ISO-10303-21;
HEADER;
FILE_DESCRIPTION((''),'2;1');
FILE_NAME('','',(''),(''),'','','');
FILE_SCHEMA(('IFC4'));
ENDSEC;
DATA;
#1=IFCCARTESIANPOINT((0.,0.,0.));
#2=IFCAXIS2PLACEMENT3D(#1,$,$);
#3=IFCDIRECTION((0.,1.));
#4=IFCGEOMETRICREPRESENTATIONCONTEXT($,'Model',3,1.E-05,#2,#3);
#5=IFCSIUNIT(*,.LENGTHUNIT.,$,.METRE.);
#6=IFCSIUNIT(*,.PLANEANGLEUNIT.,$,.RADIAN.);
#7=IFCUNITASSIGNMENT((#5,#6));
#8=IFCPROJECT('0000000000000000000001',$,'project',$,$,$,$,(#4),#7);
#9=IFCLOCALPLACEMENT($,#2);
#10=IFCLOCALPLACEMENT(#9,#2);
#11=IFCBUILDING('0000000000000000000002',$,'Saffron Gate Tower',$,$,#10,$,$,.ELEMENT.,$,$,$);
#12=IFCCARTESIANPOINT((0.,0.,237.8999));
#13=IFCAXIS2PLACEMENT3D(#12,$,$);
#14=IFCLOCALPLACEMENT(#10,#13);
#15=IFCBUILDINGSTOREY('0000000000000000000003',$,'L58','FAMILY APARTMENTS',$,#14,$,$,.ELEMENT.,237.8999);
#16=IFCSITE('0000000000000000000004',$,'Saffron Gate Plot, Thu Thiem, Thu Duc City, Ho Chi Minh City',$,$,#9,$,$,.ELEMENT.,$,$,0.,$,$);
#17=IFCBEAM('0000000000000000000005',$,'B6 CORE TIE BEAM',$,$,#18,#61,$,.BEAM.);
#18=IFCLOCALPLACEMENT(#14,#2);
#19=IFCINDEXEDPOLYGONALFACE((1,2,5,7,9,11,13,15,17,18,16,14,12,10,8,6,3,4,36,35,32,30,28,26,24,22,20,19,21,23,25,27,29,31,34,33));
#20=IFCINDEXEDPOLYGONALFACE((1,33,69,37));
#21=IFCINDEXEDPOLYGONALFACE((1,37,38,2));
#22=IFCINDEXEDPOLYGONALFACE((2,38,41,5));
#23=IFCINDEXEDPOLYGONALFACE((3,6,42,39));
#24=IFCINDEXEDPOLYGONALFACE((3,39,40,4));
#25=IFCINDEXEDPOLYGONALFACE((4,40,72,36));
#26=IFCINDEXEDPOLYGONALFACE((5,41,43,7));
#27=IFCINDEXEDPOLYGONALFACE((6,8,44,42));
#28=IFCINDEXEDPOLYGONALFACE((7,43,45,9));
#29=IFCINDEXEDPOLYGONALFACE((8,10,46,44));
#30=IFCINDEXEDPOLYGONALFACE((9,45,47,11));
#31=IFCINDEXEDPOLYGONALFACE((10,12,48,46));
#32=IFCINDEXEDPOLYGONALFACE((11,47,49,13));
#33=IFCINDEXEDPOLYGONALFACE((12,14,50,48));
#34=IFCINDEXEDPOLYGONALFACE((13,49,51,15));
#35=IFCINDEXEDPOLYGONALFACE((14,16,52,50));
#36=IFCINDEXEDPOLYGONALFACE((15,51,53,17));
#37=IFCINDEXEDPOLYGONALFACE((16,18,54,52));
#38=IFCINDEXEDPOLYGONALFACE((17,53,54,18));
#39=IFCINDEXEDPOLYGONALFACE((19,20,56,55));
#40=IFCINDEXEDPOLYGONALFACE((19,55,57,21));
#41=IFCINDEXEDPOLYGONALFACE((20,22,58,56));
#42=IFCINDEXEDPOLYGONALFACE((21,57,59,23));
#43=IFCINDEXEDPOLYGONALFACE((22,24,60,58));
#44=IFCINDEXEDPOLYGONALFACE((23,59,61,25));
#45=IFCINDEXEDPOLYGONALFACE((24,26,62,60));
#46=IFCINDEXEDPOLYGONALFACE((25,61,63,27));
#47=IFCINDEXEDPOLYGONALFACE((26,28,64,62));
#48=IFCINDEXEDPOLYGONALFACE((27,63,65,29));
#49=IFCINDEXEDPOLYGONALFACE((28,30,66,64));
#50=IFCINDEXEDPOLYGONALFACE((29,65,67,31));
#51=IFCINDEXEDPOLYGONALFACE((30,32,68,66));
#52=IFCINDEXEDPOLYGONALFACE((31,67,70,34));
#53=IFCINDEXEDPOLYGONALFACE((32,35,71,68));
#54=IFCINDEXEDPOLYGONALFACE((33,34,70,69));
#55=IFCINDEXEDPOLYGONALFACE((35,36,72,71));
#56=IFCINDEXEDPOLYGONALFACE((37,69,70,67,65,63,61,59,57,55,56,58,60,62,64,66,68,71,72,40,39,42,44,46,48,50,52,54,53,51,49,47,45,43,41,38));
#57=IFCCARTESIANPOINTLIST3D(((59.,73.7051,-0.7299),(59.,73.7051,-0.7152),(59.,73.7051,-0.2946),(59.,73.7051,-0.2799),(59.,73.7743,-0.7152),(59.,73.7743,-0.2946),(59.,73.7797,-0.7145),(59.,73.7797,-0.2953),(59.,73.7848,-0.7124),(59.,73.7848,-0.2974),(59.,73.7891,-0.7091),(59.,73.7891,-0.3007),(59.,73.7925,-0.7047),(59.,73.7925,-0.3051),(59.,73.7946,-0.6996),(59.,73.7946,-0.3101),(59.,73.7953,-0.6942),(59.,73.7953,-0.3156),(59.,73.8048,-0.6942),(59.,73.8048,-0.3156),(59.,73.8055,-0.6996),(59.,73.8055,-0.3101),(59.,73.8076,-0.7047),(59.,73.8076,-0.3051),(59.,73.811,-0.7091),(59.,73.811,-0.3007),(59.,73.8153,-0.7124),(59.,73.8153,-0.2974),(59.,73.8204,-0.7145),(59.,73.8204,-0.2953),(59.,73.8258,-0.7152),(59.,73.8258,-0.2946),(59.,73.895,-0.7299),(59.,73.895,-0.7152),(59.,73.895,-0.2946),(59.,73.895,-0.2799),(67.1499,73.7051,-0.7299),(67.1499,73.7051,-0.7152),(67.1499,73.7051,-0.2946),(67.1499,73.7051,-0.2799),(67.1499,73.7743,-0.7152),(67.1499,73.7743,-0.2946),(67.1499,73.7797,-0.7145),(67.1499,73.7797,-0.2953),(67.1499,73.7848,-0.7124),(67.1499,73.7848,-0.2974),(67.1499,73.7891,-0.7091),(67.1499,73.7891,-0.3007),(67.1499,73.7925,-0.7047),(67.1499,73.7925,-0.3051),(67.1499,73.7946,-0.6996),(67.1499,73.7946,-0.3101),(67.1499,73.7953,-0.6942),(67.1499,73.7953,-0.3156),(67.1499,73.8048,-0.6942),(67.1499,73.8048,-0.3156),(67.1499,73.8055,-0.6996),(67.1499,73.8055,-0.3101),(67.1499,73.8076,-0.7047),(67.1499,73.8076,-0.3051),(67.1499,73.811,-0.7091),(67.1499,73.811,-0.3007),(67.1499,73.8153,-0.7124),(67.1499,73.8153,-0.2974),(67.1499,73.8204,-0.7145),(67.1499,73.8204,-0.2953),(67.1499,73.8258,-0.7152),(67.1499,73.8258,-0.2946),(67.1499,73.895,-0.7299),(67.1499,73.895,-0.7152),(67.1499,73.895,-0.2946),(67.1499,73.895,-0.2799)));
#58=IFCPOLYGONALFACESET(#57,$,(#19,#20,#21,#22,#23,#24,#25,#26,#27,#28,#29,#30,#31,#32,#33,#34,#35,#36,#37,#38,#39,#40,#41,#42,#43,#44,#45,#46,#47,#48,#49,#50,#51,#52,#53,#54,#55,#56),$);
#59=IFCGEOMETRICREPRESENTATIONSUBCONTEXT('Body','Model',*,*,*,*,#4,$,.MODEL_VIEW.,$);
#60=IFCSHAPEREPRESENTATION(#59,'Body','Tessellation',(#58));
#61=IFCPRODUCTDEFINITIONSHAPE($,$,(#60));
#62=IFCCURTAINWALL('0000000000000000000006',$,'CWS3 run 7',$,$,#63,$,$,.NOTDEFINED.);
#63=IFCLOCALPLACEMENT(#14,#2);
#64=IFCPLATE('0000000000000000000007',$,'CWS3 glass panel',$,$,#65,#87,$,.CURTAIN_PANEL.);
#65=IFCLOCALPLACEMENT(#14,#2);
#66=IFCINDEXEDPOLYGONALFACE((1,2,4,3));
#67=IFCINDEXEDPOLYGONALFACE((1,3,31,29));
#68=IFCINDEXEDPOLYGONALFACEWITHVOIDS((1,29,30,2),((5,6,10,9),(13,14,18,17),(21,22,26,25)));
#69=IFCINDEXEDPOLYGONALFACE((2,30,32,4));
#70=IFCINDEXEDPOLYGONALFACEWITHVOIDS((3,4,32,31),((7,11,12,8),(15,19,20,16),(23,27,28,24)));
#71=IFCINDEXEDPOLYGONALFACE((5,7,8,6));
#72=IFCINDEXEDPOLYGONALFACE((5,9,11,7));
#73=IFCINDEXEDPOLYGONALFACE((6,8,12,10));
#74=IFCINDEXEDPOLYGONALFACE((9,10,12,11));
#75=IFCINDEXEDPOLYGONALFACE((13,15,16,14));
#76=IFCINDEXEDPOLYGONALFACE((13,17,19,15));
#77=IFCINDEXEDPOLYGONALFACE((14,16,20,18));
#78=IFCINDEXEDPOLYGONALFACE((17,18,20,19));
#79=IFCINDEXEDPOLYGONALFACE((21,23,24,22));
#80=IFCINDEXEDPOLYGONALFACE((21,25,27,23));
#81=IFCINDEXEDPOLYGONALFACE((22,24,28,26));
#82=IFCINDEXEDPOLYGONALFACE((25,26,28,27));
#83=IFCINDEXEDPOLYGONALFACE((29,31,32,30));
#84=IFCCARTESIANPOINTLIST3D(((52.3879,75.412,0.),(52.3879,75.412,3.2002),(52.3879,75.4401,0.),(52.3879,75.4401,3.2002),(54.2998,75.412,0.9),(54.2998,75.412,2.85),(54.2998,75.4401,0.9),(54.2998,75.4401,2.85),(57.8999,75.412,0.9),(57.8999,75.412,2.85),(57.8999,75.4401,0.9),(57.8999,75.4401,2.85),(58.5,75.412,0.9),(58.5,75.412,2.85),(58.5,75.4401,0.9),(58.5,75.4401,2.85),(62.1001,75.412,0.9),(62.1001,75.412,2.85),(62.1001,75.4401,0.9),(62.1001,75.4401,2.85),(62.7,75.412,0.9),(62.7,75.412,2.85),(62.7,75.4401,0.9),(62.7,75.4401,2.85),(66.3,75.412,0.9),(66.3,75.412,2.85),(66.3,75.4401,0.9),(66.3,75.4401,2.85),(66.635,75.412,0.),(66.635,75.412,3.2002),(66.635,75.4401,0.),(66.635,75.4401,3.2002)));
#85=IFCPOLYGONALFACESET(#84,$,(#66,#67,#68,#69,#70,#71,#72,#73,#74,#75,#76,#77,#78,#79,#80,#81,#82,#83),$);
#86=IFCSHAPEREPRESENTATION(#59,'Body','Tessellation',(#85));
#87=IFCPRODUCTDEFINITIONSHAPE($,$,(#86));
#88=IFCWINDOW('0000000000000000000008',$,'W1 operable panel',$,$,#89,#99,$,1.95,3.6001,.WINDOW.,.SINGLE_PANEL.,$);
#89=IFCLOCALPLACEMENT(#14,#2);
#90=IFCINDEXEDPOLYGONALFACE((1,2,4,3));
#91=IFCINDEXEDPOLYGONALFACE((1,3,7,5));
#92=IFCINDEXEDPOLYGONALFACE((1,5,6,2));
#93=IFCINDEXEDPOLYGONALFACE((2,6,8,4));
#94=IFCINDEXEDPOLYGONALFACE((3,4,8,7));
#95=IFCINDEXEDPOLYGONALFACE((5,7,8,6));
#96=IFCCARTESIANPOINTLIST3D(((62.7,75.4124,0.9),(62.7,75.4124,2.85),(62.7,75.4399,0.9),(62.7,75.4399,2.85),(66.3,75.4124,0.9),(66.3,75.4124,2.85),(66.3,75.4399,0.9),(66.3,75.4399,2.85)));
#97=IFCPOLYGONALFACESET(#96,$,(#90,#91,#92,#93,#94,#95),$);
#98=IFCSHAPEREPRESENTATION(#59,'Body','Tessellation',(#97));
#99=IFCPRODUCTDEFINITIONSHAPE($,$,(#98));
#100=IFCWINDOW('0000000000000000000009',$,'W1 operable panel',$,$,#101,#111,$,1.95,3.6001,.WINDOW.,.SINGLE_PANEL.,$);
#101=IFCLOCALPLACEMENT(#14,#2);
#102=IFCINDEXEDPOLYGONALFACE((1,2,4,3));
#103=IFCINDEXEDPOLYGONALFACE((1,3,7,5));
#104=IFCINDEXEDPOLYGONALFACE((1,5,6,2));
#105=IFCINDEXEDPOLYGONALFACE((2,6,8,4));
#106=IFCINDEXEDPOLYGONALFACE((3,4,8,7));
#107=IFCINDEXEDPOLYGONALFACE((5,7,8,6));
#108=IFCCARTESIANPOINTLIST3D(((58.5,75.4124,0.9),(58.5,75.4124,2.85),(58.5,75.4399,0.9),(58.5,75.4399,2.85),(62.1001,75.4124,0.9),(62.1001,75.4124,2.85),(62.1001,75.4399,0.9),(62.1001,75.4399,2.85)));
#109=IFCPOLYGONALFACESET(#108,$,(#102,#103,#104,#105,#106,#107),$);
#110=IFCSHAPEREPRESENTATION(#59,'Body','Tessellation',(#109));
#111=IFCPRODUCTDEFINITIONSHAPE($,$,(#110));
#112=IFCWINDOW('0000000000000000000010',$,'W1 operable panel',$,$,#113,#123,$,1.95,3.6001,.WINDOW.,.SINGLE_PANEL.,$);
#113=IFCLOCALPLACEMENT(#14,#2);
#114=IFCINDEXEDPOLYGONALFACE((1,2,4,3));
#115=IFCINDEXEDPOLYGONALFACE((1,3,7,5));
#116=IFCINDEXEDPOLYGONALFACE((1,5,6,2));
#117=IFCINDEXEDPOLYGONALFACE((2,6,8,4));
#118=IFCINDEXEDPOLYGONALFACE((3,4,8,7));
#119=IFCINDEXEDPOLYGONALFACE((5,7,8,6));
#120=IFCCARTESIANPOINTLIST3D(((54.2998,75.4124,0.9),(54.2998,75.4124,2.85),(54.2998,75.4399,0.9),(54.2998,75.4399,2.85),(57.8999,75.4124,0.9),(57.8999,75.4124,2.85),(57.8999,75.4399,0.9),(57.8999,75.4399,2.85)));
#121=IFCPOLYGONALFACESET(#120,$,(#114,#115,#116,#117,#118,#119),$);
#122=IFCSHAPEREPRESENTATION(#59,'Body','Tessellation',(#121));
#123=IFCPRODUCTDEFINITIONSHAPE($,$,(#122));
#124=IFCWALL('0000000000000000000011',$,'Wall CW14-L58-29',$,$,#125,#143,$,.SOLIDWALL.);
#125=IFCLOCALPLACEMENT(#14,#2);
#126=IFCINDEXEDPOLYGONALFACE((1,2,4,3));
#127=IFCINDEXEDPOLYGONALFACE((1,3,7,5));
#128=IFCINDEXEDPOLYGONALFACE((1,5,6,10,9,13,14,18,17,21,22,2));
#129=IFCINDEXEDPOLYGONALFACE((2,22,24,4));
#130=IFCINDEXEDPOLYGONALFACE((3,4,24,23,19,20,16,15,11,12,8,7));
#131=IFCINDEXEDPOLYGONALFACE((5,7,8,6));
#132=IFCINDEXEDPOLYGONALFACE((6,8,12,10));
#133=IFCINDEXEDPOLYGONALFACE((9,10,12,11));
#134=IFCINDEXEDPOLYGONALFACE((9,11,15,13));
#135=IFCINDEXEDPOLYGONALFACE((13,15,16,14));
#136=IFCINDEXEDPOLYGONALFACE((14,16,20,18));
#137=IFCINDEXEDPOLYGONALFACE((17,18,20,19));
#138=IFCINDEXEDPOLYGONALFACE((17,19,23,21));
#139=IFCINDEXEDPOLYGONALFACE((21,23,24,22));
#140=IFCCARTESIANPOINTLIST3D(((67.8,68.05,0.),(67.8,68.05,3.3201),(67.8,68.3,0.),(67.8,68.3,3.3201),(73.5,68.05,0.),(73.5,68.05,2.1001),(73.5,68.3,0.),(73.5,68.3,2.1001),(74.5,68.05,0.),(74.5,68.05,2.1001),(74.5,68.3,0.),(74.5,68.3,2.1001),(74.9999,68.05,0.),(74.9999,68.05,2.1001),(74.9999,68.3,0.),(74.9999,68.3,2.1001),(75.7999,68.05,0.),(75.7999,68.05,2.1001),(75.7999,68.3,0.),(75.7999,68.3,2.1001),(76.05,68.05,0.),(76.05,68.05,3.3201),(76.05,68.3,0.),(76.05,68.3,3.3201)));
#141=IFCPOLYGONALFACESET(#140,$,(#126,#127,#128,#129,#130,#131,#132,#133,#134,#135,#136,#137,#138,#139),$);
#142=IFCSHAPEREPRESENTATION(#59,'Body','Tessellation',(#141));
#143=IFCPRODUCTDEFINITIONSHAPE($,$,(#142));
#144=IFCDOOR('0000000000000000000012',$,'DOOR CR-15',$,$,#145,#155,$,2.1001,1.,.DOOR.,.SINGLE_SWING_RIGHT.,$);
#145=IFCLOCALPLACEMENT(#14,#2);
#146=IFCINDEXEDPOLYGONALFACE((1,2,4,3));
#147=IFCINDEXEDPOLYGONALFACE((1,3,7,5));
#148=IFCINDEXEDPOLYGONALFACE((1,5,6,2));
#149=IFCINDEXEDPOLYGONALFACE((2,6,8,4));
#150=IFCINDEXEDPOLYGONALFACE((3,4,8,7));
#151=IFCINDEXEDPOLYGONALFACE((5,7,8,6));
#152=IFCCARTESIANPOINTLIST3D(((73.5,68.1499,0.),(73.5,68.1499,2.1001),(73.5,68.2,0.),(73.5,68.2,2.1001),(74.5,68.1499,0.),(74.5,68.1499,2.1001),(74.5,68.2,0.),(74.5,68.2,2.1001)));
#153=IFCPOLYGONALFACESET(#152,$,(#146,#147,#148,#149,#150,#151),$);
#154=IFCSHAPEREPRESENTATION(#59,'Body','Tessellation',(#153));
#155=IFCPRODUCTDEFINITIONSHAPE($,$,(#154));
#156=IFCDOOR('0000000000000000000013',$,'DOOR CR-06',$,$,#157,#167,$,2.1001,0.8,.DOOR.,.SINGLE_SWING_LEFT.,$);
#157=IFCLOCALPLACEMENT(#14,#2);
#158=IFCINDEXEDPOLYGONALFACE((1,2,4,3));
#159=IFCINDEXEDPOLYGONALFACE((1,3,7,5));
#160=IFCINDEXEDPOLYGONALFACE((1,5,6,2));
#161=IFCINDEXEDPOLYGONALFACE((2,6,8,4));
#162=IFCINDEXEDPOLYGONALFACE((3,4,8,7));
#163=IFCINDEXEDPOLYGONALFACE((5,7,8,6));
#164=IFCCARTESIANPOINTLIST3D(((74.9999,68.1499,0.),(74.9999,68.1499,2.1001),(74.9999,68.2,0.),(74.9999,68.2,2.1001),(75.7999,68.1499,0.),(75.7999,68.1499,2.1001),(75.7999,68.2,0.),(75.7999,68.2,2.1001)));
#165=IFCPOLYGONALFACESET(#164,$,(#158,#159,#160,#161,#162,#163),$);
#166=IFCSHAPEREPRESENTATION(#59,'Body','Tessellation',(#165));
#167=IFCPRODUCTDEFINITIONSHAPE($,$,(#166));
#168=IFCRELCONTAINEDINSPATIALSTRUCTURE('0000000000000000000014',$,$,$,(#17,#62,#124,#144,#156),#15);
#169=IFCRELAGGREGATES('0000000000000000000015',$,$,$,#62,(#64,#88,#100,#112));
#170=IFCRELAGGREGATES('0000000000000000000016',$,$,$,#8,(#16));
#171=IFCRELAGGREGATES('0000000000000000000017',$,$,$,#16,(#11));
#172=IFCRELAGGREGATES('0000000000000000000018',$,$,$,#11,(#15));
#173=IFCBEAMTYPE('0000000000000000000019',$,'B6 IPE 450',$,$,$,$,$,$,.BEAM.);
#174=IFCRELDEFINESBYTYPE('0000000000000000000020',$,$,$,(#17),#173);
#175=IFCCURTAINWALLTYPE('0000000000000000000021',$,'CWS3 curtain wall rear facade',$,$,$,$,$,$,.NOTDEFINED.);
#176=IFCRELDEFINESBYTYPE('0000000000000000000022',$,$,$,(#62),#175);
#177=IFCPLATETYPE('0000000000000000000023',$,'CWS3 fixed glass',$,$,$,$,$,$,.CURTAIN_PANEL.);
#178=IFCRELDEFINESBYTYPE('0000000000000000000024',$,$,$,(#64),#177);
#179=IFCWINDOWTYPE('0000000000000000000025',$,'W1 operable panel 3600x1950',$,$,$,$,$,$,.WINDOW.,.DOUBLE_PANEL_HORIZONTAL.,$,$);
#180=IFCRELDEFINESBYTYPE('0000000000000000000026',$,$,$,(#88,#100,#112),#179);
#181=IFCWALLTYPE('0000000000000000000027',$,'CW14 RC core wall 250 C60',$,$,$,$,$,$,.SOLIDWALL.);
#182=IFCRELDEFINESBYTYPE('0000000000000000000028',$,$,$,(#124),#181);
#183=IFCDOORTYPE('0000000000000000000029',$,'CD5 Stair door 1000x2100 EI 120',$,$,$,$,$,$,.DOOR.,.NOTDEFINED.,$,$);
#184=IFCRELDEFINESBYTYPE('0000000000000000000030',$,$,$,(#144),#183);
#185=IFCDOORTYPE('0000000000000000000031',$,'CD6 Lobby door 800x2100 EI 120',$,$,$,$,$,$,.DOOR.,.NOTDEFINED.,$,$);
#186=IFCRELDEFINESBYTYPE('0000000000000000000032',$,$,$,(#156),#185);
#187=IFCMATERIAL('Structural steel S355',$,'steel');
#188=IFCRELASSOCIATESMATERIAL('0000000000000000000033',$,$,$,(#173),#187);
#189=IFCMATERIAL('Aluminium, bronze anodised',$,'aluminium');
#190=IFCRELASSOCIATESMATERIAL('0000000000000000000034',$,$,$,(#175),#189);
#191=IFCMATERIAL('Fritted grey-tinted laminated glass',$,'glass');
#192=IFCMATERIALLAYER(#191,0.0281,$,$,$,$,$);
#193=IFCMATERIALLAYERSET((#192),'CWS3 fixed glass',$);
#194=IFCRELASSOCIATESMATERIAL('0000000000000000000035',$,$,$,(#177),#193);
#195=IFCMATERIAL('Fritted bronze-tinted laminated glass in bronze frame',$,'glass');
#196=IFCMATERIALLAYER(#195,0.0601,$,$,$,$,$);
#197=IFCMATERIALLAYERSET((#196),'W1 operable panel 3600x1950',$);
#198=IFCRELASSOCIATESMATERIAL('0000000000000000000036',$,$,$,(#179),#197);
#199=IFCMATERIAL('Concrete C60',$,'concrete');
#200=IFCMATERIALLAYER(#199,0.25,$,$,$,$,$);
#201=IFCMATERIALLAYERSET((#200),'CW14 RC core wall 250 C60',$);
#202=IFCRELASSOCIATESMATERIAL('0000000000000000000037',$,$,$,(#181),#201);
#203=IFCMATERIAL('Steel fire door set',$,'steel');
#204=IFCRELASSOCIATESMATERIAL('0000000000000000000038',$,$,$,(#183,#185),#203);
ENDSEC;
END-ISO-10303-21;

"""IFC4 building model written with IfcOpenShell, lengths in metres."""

from ifc_helpers import new_model, si_unit, direction, frame, frame_2d, origin, origin_2d, place, context, subcontext, project, spatial, rectangle, i_section, extrude, material, layer, layer_set, material_profile, profile_set, type_object, element, fill, aggregate, save


model = new_model("IFC4")

# Units and contexts
model_context = context("Model", 3, precision=1e-05, world=origin(), true_north=direction((0.0, 1.0)))
body_context = subcontext(model_context, "Body", "Model", "MODEL_VIEW")
ifc_project = project(units=[si_unit("LENGTHUNIT", "METRE"), si_unit("PLANEANGLEUNIT", "RADIAN")], contexts=[model_context])

# Site, building, storey
site_placement = place(None, origin())
site = spatial("IfcSite", under=ifc_project, at=site_placement, Name="Saffron Gate Plot, Thu Thiem, Thu Duc City, Ho Chi Minh City", CompositionType="ELEMENT", RefElevation=0.0)
building_placement = place(site_placement, origin())
building = spatial("IfcBuilding", under=site, at=building_placement, Name="Saffron Gate Tower", CompositionType="ELEMENT")
storey_placement = place(building_placement, frame((0.0, 0.0, 237.8999)))
storey = spatial("IfcBuildingStorey", under=building, at=storey_placement, Name="L58", Description="FAMILY APARTMENTS", CompositionType="ELEMENT", Elevation=237.8999)

# Beam
ifc_material_1 = material(Name="Structural steel S355", Category="steel")
ifc_material_profile = material_profile(ifc_material_1, i_section(OverallWidth=0.1899, OverallDepth=0.45, WebThickness=0.0095, FlangeThickness=0.0146, FilletRadius=0.021, at=origin_2d()))
ifc_profile_set = profile_set([ifc_material_profile], Name="Structural steel S355")
beam_type = type_object("IfcBeamType", Name="B6 IPE 450", PredefinedType="BEAM", material=ifc_profile_set)
beam_placement = place(storey_placement, frame((59.0, 73.8, -0.5049), z_axis=(1.0, 0.0, 0.0), x_axis=(0.0, 1.0, 0.0)))
element("IfcBeam", 1, at=beam_placement, inside=storey, type_object=beam_type, Name="B6 CORE TIE BEAM", PredefinedType="BEAM", context=body_context, shape_type="SweptSolid", body=[
    extrude(i_section(OverallWidth=0.1899, OverallDepth=0.45, WebThickness=0.0095, FlangeThickness=0.0146, FilletRadius=0.021, at=origin_2d()), origin(), (0.0, 0.0, 1.0), 8.1499),
])

# Curtain wall, plate, openings, windows
ifc_material_2 = material(Name="Aluminium, bronze anodised", Category="aluminium")
curtain_wall_type = type_object("IfcCurtainWallType", Name="CWS3 curtain wall rear facade", PredefinedType="NOTDEFINED", material=ifc_material_2)
curtain_wall_placement = place(storey_placement, origin())
curtain_wall = element("IfcCurtainWall", 2, at=curtain_wall_placement, inside=storey, type_object=curtain_wall_type, Name="CWS3 run 7", PredefinedType="NOTDEFINED")
ifc_material_3 = material(Name="Fritted grey-tinted laminated glass", Category="glass")
ifc_layer_1 = layer(ifc_material_3, 0.0281)
ifc_layer_set_1 = layer_set([ifc_layer_1], Name="CWS3 fixed glass")
plate_type = type_object("IfcPlateType", Name="CWS3 fixed glass", PredefinedType="CURTAIN_PANEL", material=ifc_layer_set_1)
plate_placement = place(storey_placement, frame((66.635, 75.426, 0.0), z_axis=(0.0, 0.0, 1.0), x_axis=(-1.0, 0.0, 0.0)))
plate = element("IfcPlate", 3, at=plate_placement, type_object=plate_type, Name="CWS3 glass panel", PredefinedType="CURTAIN_PANEL", context=body_context, shape_type="SweptSolid", body=[
    extrude(rectangle(XDim=14.2471, YDim=0.0281, at=frame_2d((7.1235, 0.0))), origin(), (0.0, 0.0, 1.0), 3.2002),
])
opening_1_placement = place(plate_placement, frame((0.335, 0.0, 0.8999)))
opening_1 = element("IfcOpeningElement", 4, at=opening_1_placement, cuts=plate, PredefinedType="OPENING", context=body_context, shape_type="SweptSolid", body=[
    extrude(rectangle(XDim=3.6001, YDim=1.95, at=frame_2d((1.8, 0.9751))), frame((0.0, 0.0239, 0.0), z_axis=(0.0, -1.0, 0.0), x_axis=(1.0, 0.0, 0.0)), (0.0, 0.0, 1.0), 0.0481),
])
opening_2_placement = place(plate_placement, frame((4.5349, 0.0, 0.8999)))
opening_2 = element("IfcOpeningElement", 5, at=opening_2_placement, cuts=plate, PredefinedType="OPENING", context=body_context, shape_type="SweptSolid", body=[
    extrude(rectangle(XDim=3.6001, YDim=1.95, at=frame_2d((1.8, 0.9751))), frame((0.0, 0.0239, 0.0), z_axis=(0.0, -1.0, 0.0), x_axis=(1.0, 0.0, 0.0)), (0.0, 0.0, 1.0), 0.0481),
])
opening_3_placement = place(plate_placement, frame((8.7351, 0.0, 0.8999)))
opening_3 = element("IfcOpeningElement", 6, at=opening_3_placement, cuts=plate, PredefinedType="OPENING", context=body_context, shape_type="SweptSolid", body=[
    extrude(rectangle(XDim=3.6001, YDim=1.95, at=frame_2d((1.8, 0.9751))), frame((0.0, 0.0239, 0.0), z_axis=(0.0, -1.0, 0.0), x_axis=(1.0, 0.0, 0.0)), (0.0, 0.0, 1.0), 0.0481),
])
ifc_material_4 = material(Name="Fritted bronze-tinted laminated glass in bronze frame", Category="glass")
ifc_layer_2 = layer(ifc_material_4, 0.0601)
ifc_layer_set_2 = layer_set([ifc_layer_2], Name="W1 operable panel 3600x1950")
window_type = type_object("IfcWindowType", Name="W1 operable panel 3600x1950", PartitioningType="DOUBLE_PANEL_HORIZONTAL", PredefinedType="WINDOW", material=ifc_layer_set_2)
window_1_placement = place(opening_1_placement, origin())
window_1 = element("IfcWindow", 7, at=window_1_placement, type_object=window_type, Name="W1 operable panel", OverallHeight=1.95, OverallWidth=3.6001, PartitioningType="SINGLE_PANEL", PredefinedType="WINDOW", context=body_context, shape_type="SweptSolid", body=[
    extrude(rectangle(XDim=3.6001, YDim=1.95, at=frame_2d((1.8, 0.9751))), frame((0.0, 0.0137, 0.0), z_axis=(0.0, -1.0, 0.0), x_axis=(1.0, 0.0, 0.0)), (0.0, 0.0, 1.0), 0.0276),
])
fill(opening_1, window_1)
window_2_placement = place(opening_2_placement, origin())
window_2 = element("IfcWindow", 8, at=window_2_placement, type_object=window_type, Name="W1 operable panel", OverallHeight=1.95, OverallWidth=3.6001, PartitioningType="SINGLE_PANEL", PredefinedType="WINDOW", context=body_context, shape_type="SweptSolid", body=[
    extrude(rectangle(XDim=3.6001, YDim=1.95, at=frame_2d((1.8, 0.9751))), frame((0.0, 0.0137, 0.0), z_axis=(0.0, -1.0, 0.0), x_axis=(1.0, 0.0, 0.0)), (0.0, 0.0, 1.0), 0.0276),
])
fill(opening_2, window_2)
window_3_placement = place(opening_3_placement, origin())
window_3 = element("IfcWindow", 9, at=window_3_placement, type_object=window_type, Name="W1 operable panel", OverallHeight=1.95, OverallWidth=3.6001, PartitioningType="SINGLE_PANEL", PredefinedType="WINDOW", context=body_context, shape_type="SweptSolid", body=[
    extrude(rectangle(XDim=3.6001, YDim=1.95, at=frame_2d((1.8, 0.9751))), frame((0.0, 0.0137, 0.0), z_axis=(0.0, -1.0, 0.0), x_axis=(1.0, 0.0, 0.0)), (0.0, 0.0, 1.0), 0.0276),
])
fill(opening_3, window_3)
aggregate(curtain_wall, [plate, window_1, window_2, window_3])

# Wall, openings, doors
ifc_material_5 = material(Name="Concrete C60", Category="concrete")
ifc_layer_3 = layer(ifc_material_5, 0.25)
ifc_layer_set_3 = layer_set([ifc_layer_3], Name="CW14 RC core wall 250 C60")
wall_type_1 = type_object("IfcWallType", Name="CW14 RC core wall 250 C60", PredefinedType="SOLIDWALL", material=ifc_layer_set_3)
wall_1_placement = place(storey_placement, frame((67.8, 68.175, 0.0), z_axis=(0.0, 0.0, 1.0), x_axis=(1.0, 0.0, 0.0)))
wall_1 = element("IfcWall", 10, at=wall_1_placement, inside=storey, type_object=wall_type_1, Name="Wall CW14-L58-29", PredefinedType="SOLIDWALL", context=body_context, shape_type="SweptSolid", body=[
    extrude(rectangle(XDim=8.25, YDim=0.25, at=frame_2d((4.125, 0.0))), origin(), (0.0, 0.0, 1.0), 3.3201),
])
opening_4_placement = place(wall_1_placement, frame((5.7, 0.0, 0.0)))
opening_4 = element("IfcOpeningElement", 11, at=opening_4_placement, cuts=wall_1, PredefinedType="OPENING", context=body_context, shape_type="SweptSolid", body=[
    extrude(rectangle(XDim=1.0, YDim=2.1001, at=frame_2d((0.5, 1.05))), frame((0.0, 0.135, 0.0), z_axis=(0.0, -1.0, 0.0), x_axis=(1.0, 0.0, 0.0)), (0.0, 0.0, 1.0), 0.27),
])
opening_5_placement = place(wall_1_placement, frame((7.2, 0.0, 0.0)))
opening_5 = element("IfcOpeningElement", 12, at=opening_5_placement, cuts=wall_1, PredefinedType="OPENING", context=body_context, shape_type="SweptSolid", body=[
    extrude(rectangle(XDim=0.8, YDim=2.1001, at=frame_2d((0.3999, 1.05))), frame((0.0, 0.135, 0.0), z_axis=(0.0, -1.0, 0.0), x_axis=(1.0, 0.0, 0.0)), (0.0, 0.0, 1.0), 0.27),
])
ifc_material_6 = material(Name="Steel fire door set", Category="steel")
door_type_1 = type_object("IfcDoorType", Name="CD5 Stair door 1000x2100 EI 120", OperationType="NOTDEFINED", PredefinedType="DOOR", material=ifc_material_6)
door_1_placement = place(opening_4_placement, origin())
door_1 = element("IfcDoor", 13, at=door_1_placement, inside=storey, type_object=door_type_1, Name="DOOR CR-15", OperationType="SINGLE_SWING_RIGHT", OverallHeight=2.1001, OverallWidth=1.0, PredefinedType="DOOR", context=body_context, shape_type="SweptSolid", body=[
    extrude(rectangle(XDim=1.0, YDim=2.1001, at=frame_2d((0.5, 1.05))), frame((0.0, 0.0249, 0.0), z_axis=(0.0, -1.0, 0.0), x_axis=(1.0, 0.0, 0.0)), (0.0, 0.0, 1.0), 0.05),
])
fill(opening_4, door_1)
door_type_2 = type_object("IfcDoorType", Name="CD6 Lobby door 800x2100 EI 120", OperationType="NOTDEFINED", PredefinedType="DOOR", material=ifc_material_6)
door_2_placement = place(opening_5_placement, origin())
door_2 = element("IfcDoor", 14, at=door_2_placement, inside=storey, type_object=door_type_2, Name="DOOR CR-06", OperationType="SINGLE_SWING_LEFT", OverallHeight=2.1001, OverallWidth=0.8, PredefinedType="DOOR", context=body_context, shape_type="SweptSolid", body=[
    extrude(rectangle(XDim=0.8, YDim=2.1001, at=frame_2d((0.3999, 1.05))), frame((0.0, 0.0249, 0.0), z_axis=(0.0, -1.0, 0.0), x_axis=(1.0, 0.0, 0.0)), (0.0, 0.0, 1.0), 0.05),
])
fill(opening_5, door_2)

save(model, "model.ifc")
